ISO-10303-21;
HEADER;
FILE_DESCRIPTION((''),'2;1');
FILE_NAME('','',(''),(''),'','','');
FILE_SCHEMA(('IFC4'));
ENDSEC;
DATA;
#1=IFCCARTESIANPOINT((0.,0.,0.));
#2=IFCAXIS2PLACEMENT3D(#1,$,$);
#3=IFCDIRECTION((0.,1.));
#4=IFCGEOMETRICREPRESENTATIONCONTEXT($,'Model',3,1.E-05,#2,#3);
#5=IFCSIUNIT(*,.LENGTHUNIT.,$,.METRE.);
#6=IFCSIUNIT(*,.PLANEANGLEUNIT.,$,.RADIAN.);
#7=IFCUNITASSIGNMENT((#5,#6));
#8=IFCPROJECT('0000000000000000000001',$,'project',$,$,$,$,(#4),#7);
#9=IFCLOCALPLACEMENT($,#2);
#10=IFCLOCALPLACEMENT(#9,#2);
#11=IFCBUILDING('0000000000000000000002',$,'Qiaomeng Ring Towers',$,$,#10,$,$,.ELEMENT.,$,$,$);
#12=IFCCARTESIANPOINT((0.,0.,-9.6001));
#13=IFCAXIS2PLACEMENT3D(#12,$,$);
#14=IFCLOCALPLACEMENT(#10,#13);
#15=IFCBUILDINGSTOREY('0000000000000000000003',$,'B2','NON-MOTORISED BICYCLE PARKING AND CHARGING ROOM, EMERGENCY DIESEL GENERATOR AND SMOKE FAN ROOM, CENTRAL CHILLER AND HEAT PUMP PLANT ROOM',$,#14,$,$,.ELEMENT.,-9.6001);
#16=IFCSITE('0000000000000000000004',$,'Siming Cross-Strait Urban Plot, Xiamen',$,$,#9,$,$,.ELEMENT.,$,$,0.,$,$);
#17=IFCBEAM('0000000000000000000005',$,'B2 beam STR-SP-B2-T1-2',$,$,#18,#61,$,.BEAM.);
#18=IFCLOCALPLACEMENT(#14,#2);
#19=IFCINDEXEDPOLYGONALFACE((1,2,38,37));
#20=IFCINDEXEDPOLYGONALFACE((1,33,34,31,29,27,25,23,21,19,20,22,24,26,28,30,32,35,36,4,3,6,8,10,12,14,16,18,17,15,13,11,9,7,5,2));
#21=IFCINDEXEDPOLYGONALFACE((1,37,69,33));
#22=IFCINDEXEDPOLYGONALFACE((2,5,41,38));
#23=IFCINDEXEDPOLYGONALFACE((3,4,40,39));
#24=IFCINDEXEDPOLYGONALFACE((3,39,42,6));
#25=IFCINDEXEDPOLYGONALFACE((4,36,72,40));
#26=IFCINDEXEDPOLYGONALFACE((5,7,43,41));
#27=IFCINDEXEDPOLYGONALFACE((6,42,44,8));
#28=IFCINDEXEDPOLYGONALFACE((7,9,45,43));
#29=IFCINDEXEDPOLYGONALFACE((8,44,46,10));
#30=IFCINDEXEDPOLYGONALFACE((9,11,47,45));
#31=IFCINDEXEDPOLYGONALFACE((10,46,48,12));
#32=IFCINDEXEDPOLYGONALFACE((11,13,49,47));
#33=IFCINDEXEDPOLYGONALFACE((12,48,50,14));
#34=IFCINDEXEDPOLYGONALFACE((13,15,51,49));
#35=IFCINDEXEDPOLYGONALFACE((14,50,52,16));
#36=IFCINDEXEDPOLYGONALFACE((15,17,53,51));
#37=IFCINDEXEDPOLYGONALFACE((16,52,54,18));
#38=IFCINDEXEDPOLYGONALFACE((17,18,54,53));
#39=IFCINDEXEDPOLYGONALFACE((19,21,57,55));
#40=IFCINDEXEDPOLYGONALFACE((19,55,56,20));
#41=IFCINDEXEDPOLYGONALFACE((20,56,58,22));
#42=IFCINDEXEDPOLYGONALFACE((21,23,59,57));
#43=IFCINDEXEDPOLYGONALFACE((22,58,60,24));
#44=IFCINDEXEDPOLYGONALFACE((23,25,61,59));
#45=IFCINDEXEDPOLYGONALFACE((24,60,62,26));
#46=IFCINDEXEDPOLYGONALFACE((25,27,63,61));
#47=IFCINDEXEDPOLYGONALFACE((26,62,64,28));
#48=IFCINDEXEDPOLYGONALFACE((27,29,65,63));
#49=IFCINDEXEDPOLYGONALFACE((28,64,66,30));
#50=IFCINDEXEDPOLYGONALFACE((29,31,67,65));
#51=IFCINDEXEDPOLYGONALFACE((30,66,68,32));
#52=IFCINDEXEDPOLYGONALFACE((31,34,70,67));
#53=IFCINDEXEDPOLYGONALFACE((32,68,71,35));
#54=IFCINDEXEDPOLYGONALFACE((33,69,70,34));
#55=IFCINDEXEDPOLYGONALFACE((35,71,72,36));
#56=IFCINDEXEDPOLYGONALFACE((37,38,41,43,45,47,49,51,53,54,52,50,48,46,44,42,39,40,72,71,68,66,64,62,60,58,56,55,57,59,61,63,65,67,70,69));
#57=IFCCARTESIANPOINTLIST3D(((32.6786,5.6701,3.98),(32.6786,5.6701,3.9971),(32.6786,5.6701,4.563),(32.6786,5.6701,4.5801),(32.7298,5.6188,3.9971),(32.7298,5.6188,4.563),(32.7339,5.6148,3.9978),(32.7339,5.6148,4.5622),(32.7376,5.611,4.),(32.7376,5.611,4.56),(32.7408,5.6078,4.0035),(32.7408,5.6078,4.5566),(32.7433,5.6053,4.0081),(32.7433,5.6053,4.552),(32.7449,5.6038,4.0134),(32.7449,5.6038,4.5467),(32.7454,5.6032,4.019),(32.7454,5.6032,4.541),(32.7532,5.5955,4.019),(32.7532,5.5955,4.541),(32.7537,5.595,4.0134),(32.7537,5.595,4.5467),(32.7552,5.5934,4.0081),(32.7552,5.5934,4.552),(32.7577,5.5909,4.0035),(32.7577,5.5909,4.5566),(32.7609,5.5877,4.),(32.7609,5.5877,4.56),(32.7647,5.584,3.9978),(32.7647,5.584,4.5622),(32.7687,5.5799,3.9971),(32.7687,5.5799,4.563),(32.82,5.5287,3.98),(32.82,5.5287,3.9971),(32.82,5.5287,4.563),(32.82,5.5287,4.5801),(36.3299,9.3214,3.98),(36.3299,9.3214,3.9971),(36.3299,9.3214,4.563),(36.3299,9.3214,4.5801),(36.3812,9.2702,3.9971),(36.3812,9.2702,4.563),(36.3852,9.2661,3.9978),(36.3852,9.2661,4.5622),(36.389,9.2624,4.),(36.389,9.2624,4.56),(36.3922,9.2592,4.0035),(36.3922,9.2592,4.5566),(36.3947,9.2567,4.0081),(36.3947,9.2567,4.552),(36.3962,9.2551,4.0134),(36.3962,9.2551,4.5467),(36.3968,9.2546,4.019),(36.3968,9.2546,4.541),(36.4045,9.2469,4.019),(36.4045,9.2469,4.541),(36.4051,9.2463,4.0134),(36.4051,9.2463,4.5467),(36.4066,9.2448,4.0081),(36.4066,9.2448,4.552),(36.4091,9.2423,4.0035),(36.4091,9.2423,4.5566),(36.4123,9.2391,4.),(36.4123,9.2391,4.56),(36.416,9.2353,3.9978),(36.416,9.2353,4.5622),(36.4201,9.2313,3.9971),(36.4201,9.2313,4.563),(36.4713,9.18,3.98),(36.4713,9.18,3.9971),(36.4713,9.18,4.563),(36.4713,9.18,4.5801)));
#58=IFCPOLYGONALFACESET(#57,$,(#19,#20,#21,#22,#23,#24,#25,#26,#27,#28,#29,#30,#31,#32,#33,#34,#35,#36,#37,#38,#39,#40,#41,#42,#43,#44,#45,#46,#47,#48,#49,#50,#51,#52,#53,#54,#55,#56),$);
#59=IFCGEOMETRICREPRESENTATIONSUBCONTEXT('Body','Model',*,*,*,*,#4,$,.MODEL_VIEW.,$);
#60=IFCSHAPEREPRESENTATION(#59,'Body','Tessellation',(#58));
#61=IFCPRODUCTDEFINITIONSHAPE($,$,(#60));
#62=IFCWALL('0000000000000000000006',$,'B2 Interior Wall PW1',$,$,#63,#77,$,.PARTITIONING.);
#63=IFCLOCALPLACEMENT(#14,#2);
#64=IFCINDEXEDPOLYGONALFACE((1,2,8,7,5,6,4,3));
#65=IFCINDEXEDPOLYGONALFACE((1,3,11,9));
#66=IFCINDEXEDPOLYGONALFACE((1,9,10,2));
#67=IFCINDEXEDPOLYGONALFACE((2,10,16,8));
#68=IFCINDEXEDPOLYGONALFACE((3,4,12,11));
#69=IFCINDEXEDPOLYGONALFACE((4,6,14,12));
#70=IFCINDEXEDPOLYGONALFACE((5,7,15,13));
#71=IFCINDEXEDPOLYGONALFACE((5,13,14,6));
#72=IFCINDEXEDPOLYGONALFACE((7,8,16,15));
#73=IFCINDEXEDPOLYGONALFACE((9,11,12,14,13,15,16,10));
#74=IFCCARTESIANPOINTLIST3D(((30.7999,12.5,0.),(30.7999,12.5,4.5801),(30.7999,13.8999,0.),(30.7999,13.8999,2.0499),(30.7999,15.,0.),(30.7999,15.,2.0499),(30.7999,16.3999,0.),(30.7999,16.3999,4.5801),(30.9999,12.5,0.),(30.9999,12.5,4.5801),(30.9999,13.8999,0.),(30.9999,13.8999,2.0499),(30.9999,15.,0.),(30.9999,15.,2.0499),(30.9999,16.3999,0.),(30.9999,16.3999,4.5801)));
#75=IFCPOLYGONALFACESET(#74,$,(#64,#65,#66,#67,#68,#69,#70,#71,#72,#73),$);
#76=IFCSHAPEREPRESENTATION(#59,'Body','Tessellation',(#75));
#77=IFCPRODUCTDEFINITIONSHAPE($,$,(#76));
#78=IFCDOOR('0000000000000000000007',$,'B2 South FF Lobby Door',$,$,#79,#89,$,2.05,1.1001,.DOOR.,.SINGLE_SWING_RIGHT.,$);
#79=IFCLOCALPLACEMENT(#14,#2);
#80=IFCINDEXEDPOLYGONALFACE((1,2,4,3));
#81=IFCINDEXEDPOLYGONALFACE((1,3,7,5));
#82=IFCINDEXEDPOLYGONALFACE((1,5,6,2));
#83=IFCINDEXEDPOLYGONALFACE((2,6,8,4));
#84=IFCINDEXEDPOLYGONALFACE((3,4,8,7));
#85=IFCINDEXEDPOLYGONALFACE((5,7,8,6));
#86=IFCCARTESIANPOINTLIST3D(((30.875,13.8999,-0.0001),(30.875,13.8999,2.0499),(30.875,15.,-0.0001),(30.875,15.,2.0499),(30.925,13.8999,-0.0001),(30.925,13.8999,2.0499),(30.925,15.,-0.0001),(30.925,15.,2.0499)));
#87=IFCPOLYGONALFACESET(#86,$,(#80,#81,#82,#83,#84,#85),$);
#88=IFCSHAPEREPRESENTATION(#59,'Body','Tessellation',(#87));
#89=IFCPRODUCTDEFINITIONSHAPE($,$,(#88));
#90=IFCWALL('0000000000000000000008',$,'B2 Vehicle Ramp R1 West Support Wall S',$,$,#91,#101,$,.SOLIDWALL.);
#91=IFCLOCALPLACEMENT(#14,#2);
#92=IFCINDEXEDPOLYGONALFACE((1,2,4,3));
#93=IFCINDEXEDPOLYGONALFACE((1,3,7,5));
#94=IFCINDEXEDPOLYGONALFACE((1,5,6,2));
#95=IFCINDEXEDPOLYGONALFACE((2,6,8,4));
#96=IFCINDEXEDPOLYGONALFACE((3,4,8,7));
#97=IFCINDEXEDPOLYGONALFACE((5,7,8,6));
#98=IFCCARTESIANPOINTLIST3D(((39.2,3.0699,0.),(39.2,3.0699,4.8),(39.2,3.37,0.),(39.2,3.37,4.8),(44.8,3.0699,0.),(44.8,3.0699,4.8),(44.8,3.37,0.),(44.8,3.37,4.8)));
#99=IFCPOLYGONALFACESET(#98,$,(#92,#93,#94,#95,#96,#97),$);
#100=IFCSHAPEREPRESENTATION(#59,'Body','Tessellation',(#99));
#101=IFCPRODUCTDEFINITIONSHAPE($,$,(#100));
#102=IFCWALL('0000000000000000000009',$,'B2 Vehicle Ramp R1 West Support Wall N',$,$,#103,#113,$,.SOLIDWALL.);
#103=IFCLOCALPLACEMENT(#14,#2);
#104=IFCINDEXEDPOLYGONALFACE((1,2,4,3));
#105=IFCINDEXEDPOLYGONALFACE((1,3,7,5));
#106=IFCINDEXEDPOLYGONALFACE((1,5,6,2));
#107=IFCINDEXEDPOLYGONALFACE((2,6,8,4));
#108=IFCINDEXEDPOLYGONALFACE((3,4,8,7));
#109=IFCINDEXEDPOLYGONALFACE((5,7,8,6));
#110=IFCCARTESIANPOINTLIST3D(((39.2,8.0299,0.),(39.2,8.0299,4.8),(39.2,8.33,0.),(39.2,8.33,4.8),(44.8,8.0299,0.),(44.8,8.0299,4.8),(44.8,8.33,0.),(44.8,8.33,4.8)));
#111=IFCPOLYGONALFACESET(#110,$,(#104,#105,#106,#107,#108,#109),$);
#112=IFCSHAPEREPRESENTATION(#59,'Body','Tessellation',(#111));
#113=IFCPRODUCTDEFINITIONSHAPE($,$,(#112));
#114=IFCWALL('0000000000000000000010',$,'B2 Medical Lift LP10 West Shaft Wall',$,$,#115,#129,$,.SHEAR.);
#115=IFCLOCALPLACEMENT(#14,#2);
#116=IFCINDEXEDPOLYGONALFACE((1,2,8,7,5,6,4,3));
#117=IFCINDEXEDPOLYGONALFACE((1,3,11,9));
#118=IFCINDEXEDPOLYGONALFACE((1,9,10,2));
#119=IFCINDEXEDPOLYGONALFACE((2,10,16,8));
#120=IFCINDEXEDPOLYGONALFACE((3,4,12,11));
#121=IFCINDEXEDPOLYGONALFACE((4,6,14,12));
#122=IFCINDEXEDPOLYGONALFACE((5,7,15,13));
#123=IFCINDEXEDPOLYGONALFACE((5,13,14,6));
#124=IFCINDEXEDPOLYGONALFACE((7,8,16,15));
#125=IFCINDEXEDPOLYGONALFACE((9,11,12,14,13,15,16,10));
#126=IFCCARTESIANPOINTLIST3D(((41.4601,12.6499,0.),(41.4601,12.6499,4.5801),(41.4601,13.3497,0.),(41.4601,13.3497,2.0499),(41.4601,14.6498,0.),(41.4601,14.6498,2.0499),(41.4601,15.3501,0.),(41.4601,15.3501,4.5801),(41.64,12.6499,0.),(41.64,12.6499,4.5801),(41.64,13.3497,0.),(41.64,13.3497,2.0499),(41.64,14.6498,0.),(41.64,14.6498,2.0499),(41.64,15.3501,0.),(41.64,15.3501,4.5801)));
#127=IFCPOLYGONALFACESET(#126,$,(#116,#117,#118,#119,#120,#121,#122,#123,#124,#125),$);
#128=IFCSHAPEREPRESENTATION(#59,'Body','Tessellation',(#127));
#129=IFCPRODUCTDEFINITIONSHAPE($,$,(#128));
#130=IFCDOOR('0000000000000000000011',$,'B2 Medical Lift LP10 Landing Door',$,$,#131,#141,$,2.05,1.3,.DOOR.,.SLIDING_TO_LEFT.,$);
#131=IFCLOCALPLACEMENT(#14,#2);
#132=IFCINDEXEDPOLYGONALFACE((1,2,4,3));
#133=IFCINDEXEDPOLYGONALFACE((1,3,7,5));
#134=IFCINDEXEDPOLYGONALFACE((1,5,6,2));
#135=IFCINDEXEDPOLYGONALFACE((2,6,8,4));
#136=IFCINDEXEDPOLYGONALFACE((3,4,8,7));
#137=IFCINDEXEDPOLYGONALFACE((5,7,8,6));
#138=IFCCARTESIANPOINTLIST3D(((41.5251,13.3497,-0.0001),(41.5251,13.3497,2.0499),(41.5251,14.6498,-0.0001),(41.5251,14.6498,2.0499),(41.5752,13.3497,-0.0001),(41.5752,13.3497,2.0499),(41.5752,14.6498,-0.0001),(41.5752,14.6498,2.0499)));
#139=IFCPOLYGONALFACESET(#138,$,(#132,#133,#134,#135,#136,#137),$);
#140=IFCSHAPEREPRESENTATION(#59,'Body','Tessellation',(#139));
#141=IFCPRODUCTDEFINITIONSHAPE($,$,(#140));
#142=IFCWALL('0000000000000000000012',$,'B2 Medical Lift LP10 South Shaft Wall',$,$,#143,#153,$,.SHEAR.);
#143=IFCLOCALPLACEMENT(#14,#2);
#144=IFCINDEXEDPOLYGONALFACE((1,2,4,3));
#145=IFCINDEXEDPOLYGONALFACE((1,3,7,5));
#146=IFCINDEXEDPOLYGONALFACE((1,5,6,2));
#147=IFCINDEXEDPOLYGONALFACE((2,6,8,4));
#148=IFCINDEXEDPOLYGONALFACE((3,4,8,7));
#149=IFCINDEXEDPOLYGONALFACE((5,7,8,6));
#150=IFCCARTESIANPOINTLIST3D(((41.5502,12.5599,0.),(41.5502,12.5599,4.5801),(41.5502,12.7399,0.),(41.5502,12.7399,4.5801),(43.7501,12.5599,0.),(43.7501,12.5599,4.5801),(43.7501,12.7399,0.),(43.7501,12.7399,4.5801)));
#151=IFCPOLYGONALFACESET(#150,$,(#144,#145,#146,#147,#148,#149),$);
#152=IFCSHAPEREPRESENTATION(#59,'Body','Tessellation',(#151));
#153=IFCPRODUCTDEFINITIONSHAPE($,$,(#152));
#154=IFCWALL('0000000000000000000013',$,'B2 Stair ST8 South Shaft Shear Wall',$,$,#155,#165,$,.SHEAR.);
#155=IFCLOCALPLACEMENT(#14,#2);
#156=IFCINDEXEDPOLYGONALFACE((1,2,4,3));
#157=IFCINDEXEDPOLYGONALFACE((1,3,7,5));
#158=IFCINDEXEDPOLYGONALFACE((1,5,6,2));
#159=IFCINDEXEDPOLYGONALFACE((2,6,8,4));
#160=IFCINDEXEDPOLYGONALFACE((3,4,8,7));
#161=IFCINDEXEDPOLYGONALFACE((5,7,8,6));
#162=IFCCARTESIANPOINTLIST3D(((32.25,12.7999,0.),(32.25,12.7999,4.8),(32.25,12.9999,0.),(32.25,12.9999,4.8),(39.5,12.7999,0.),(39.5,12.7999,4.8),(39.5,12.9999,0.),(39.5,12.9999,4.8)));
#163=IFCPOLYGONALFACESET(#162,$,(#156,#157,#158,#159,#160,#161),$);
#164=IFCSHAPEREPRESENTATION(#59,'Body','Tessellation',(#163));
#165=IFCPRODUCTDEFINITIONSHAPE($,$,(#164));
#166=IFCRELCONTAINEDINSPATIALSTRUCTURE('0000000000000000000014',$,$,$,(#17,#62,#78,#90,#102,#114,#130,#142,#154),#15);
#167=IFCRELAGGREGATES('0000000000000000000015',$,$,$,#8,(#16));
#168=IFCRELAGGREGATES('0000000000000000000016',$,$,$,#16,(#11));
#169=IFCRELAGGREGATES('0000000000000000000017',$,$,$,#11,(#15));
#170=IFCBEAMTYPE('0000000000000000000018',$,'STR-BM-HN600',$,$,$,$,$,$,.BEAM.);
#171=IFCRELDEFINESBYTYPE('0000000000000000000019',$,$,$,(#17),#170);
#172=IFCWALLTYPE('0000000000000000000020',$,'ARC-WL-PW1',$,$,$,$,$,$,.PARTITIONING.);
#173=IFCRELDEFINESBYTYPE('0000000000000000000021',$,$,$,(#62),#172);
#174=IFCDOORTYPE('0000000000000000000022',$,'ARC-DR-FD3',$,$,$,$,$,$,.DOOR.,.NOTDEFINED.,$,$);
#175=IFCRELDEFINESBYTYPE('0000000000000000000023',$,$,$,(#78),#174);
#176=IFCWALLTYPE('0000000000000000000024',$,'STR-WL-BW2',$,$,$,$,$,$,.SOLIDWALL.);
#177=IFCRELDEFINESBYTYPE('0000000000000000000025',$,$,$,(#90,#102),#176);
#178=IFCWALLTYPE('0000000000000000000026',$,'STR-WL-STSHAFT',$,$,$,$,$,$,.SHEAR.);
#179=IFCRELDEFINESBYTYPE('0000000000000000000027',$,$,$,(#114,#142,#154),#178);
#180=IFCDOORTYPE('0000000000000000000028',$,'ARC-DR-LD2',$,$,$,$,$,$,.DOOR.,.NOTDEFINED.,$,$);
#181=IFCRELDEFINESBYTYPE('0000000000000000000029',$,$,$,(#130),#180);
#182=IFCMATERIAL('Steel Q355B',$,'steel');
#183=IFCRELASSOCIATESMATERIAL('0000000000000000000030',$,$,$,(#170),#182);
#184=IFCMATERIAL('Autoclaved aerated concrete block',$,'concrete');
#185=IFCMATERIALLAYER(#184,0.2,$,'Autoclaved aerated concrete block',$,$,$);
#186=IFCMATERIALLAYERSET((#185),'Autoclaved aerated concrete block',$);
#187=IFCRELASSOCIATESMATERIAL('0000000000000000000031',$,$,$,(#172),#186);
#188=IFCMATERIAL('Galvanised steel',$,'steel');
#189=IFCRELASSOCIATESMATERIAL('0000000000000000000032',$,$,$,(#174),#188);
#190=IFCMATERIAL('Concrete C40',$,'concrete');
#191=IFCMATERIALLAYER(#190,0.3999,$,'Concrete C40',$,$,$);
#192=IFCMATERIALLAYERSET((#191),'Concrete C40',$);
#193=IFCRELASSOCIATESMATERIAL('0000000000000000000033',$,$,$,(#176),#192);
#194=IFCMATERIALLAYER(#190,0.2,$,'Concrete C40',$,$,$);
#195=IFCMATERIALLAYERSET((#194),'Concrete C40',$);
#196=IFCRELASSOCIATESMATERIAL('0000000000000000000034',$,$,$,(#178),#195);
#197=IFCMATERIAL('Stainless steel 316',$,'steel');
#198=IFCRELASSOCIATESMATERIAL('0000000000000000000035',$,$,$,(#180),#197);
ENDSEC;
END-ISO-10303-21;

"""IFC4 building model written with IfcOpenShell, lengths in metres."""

from ifc_helpers import new_model, si_unit, direction, frame, frame_2d, origin, origin_2d, place, context, subcontext, project, spatial, rectangle, i_section, extrude, source, transform, mapped, material, layer, layer_set, material_profile, profile_set, type_object, element, fill, save


model = new_model("IFC4")

# Units and contexts
model_context = context("Model", 3, precision=1e-05, world=origin(), true_north=direction((0.0, 1.0)))
body_context = subcontext(model_context, "Body", "Model", "MODEL_VIEW")
ifc_project = project(units=[si_unit("LENGTHUNIT", "METRE"), si_unit("PLANEANGLEUNIT", "RADIAN")], contexts=[model_context])

# Site, building, storey
site_placement = place(None, origin())
site = spatial("IfcSite", under=ifc_project, at=site_placement, Name="Siming Cross-Strait Urban Plot, Xiamen", CompositionType="ELEMENT", RefElevation=0.0)
building_placement = place(site_placement, origin())
building = spatial("IfcBuilding", under=site, at=building_placement, Name="Qiaomeng Ring Towers", CompositionType="ELEMENT")
storey_placement = place(building_placement, frame((0.0, 0.0, -9.6001)))
storey = spatial("IfcBuildingStorey", under=building, at=storey_placement, Name="B2", Description="NON-MOTORISED BICYCLE PARKING AND CHARGING ROOM, EMERGENCY DIESEL GENERATOR AND SMOKE FAN ROOM, CENTRAL CHILLER AND HEAT PUMP PLANT ROOM", CompositionType="ELEMENT", Elevation=-9.6001)

# Shared definitions
ifc_material_1 = material(Name="Concrete C40", Category="concrete")

# Beam
ifc_material_2 = material(Name="Steel Q355B", Category="steel")
ifc_material_profile_1 = material_profile(ifc_material_2, i_section(OverallWidth=0.2, OverallDepth=0.6001, WebThickness=0.011, FlangeThickness=0.0171, FilletRadius=0.022, at=origin_2d()), Name="HN 600x200x11x17")
ifc_profile_set_1 = profile_set([ifc_material_profile_1], Name="Steel Q355B")
beam_type = type_object("IfcBeamType", Name="STR-BM-HN600", PredefinedType="BEAM", material=ifc_profile_set_1)
shared_shape_1 = source(origin(), body_context, "Body", "SweptSolid", [
    extrude(i_section(OverallWidth=0.2, OverallDepth=0.6001, WebThickness=0.011, FlangeThickness=0.0171, FilletRadius=0.022, at=origin_2d()), origin(), (0.0, 0.0, 1.0), 5.1638),
])
beam_placement = place(storey_placement, frame((32.7493, 5.5994, 4.28), z_axis=(0.707107, 0.707107, 0.0), x_axis=(-0.707107, 0.707107, 0.0)))
element("IfcBeam", 1, at=beam_placement, inside=storey, type_object=beam_type, Name="B2 beam STR-SP-B2-T1-2", PredefinedType="BEAM", context=body_context, shape_type="MappedRepresentation", body=[
    mapped(shared_shape_1, transform((0.0, 0.0, 0.0), x_axis=(1.0, 0.0, 0.0), y_axis=(0.0, 1.0, 0.0), z_axis=(0.0, 0.0, 1.0), scale=1.0)),
])

# Wall, opening, door
ifc_material_3 = material(Name="Autoclaved aerated concrete block", Category="concrete")
ifc_layer_1 = layer(ifc_material_3, 0.2, Name="Autoclaved aerated concrete block")
ifc_layer_set_1 = layer_set([ifc_layer_1], Name="Autoclaved aerated concrete block")
wall_type_1 = type_object("IfcWallType", Name="ARC-WL-PW1", PredefinedType="PARTITIONING", material=ifc_layer_set_1)
wall_1_placement = place(storey_placement, frame((30.8999, 12.5, 0.0), z_axis=(0.0, 0.0, 1.0), x_axis=(0.0, 1.0, 0.0)))
wall_1 = element("IfcWall", 2, at=wall_1_placement, inside=storey, type_object=wall_type_1, Name="B2 Interior Wall PW1", PredefinedType="PARTITIONING", context=body_context, shape_type="SweptSolid", body=[
    extrude(rectangle(XDim=3.8999, YDim=0.2, at=frame_2d((1.95, 0.0))), origin(), (0.0, 0.0, 1.0), 4.5801),
])
opening_1_placement = place(wall_1_placement, frame((1.3999, 0.0, 0.0)))
opening_1 = element("IfcOpeningElement", 3, at=opening_1_placement, cuts=wall_1, PredefinedType="OPENING", context=body_context, shape_type="SweptSolid", body=[
    extrude(rectangle(XDim=1.1001, YDim=2.05, at=frame_2d((0.55, 1.0249))), frame((0.0, 0.1099, 0.0), z_axis=(0.0, -1.0, 0.0), x_axis=(1.0, 0.0, 0.0)), (0.0, 0.0, 1.0), 0.22),
])
ifc_material_4 = material(Name="Galvanised steel", Category="steel")
door_type_1 = type_object("IfcDoorType", Name="ARC-DR-FD3", OperationType="NOTDEFINED", PredefinedType="DOOR", material=ifc_material_4)
shared_shape_2 = source(origin(), body_context, "Body", "SweptSolid", [
    extrude(rectangle(XDim=1.1001, YDim=2.05, at=frame_2d((0.55, 1.0249))), frame((0.0, 0.0249, 0.0), z_axis=(0.0, -1.0, 0.0), x_axis=(1.0, 0.0, 0.0)), (0.0, 0.0, 1.0), 0.05),
])
door_1_placement = place(opening_1_placement, origin())
door_1 = element("IfcDoor", 4, at=door_1_placement, inside=storey, type_object=door_type_1, Name="B2 South FF Lobby Door", OperationType="SINGLE_SWING_RIGHT", OverallHeight=2.05, OverallWidth=1.1001, PredefinedType="DOOR", context=body_context, shape_type="MappedRepresentation", body=[
    mapped(shared_shape_2, transform((0.0, 0.0, 0.0), x_axis=(1.0, 0.0, 0.0), y_axis=(0.0, 1.0, 0.0), z_axis=(0.0, 0.0, 1.0), scale=1.0)),
])
fill(opening_1, door_1)

# Walls
ifc_layer_2 = layer(ifc_material_1, 0.3999, Name="Concrete C40")
ifc_layer_set_2 = layer_set([ifc_layer_2], Name="Concrete C40")
wall_type_2 = type_object("IfcWallType", Name="STR-WL-BW2", PredefinedType="SOLIDWALL", material=ifc_layer_set_2)
for number, where, z_axis, x_axis, name in (
    (5, (39.2, 3.22, 0.0), (0.0, 0.0, 1.0), (1.0, 0.0, 0.0), "B2 Vehicle Ramp R1 West Support Wall S"),
    (6, (39.2, 8.1799, 0.0), (0.0, 0.0, 1.0), (1.0, 0.0, 0.0), "B2 Vehicle Ramp R1 West Support Wall N"),
):
    element("IfcWall", number, at=place(storey_placement, frame(where, z_axis=z_axis, x_axis=x_axis)), inside=storey, type_object=wall_type_2, Name=name, PredefinedType="SOLIDWALL", context=body_context, shape_type="SweptSolid", body=[
        extrude(rectangle(XDim=5.6001, YDim=0.3, at=frame_2d((2.8, 0.0))), origin(), (0.0, 0.0, 1.0), 4.8),
    ])

# Wall, opening, door
ifc_layer_3 = layer(ifc_material_1, 0.2, Name="Concrete C40")
ifc_layer_set_3 = layer_set([ifc_layer_3], Name="Concrete C40")
wall_type_3 = type_object("IfcWallType", Name="STR-WL-STSHAFT", PredefinedType="SHEAR", material=ifc_layer_set_3)
wall_2_placement = place(storey_placement, frame((41.55, 12.6499, 0.0), z_axis=(0.0, 0.0, 1.0), x_axis=(0.0, 1.0, 0.0)))
wall_2 = element("IfcWall", 7, at=wall_2_placement, inside=storey, type_object=wall_type_3, Name="B2 Medical Lift LP10 West Shaft Wall", PredefinedType="SHEAR", context=body_context, shape_type="SweptSolid", body=[
    extrude(rectangle(XDim=2.7002, YDim=0.1799, at=frame_2d((1.3501, 0.0))), origin(), (0.0, 0.0, 1.0), 4.5801),
])
opening_2_placement = place(wall_2_placement, frame((0.7, 0.0, 0.0)))
opening_2 = element("IfcOpeningElement", 8, at=opening_2_placement, cuts=wall_2, PredefinedType="OPENING", context=body_context, shape_type="SweptSolid", body=[
    extrude(rectangle(XDim=1.3, YDim=2.05, at=frame_2d((0.6499, 1.0249))), frame((0.0, 0.0999, 0.0), z_axis=(0.0, -1.0, 0.0), x_axis=(1.0, 0.0, 0.0)), (0.0, 0.0, 1.0), 0.2),
])
ifc_material_5 = material(Name="Stainless steel 316", Category="steel")
door_type_2 = type_object("IfcDoorType", Name="ARC-DR-LD2", OperationType="NOTDEFINED", PredefinedType="DOOR", material=ifc_material_5)
shared_shape_3 = source(origin(), body_context, "Body", "SweptSolid", [
    extrude(rectangle(XDim=1.3, YDim=2.05, at=frame_2d((0.6499, 1.0249))), frame((0.0, 0.0249, 0.0), z_axis=(0.0, -1.0, 0.0), x_axis=(1.0, 0.0, 0.0)), (0.0, 0.0, 1.0), 0.05),
])
door_2_placement = place(opening_2_placement, origin())
door_2 = element("IfcDoor", 9, at=door_2_placement, inside=storey, type_object=door_type_2, Name="B2 Medical Lift LP10 Landing Door", OperationType="SLIDING_TO_LEFT", OverallHeight=2.05, OverallWidth=1.3, PredefinedType="DOOR", context=body_context, shape_type="MappedRepresentation", body=[
    mapped(shared_shape_3, transform((0.0, 0.0, 0.0), x_axis=(1.0, 0.0, 0.0), y_axis=(0.0, 1.0, 0.0), z_axis=(0.0, 0.0, 1.0), scale=1.0)),
])
fill(opening_2, door_2)

# Walls
wall_3_placement = place(storey_placement, frame((41.55, 12.6499, 0.0), z_axis=(0.0, 0.0, 1.0), x_axis=(1.0, 0.0, 0.0)))
element("IfcWall", 10, at=wall_3_placement, inside=storey, type_object=wall_type_3, Name="B2 Medical Lift LP10 South Shaft Wall", PredefinedType="SHEAR", context=body_context, shape_type="SweptSolid", body=[
    extrude(rectangle(XDim=2.2, YDim=0.1799, at=frame_2d((1.1001, 0.0))), origin(), (0.0, 0.0, 1.0), 4.5801),
])
wall_4_placement = place(storey_placement, frame((32.25, 12.8999, 0.0), z_axis=(0.0, 0.0, 1.0), x_axis=(1.0, 0.0, 0.0)))
element("IfcWall", 11, at=wall_4_placement, inside=storey, type_object=wall_type_3, Name="B2 Stair ST8 South Shaft Shear Wall", PredefinedType="SHEAR", context=body_context, shape_type="SweptSolid", body=[
    extrude(rectangle(XDim=7.25, YDim=0.2, at=frame_2d((3.625, 0.0))), origin(), (0.0, 0.0, 1.0), 4.8),
])

save(model, "model.ifc")
